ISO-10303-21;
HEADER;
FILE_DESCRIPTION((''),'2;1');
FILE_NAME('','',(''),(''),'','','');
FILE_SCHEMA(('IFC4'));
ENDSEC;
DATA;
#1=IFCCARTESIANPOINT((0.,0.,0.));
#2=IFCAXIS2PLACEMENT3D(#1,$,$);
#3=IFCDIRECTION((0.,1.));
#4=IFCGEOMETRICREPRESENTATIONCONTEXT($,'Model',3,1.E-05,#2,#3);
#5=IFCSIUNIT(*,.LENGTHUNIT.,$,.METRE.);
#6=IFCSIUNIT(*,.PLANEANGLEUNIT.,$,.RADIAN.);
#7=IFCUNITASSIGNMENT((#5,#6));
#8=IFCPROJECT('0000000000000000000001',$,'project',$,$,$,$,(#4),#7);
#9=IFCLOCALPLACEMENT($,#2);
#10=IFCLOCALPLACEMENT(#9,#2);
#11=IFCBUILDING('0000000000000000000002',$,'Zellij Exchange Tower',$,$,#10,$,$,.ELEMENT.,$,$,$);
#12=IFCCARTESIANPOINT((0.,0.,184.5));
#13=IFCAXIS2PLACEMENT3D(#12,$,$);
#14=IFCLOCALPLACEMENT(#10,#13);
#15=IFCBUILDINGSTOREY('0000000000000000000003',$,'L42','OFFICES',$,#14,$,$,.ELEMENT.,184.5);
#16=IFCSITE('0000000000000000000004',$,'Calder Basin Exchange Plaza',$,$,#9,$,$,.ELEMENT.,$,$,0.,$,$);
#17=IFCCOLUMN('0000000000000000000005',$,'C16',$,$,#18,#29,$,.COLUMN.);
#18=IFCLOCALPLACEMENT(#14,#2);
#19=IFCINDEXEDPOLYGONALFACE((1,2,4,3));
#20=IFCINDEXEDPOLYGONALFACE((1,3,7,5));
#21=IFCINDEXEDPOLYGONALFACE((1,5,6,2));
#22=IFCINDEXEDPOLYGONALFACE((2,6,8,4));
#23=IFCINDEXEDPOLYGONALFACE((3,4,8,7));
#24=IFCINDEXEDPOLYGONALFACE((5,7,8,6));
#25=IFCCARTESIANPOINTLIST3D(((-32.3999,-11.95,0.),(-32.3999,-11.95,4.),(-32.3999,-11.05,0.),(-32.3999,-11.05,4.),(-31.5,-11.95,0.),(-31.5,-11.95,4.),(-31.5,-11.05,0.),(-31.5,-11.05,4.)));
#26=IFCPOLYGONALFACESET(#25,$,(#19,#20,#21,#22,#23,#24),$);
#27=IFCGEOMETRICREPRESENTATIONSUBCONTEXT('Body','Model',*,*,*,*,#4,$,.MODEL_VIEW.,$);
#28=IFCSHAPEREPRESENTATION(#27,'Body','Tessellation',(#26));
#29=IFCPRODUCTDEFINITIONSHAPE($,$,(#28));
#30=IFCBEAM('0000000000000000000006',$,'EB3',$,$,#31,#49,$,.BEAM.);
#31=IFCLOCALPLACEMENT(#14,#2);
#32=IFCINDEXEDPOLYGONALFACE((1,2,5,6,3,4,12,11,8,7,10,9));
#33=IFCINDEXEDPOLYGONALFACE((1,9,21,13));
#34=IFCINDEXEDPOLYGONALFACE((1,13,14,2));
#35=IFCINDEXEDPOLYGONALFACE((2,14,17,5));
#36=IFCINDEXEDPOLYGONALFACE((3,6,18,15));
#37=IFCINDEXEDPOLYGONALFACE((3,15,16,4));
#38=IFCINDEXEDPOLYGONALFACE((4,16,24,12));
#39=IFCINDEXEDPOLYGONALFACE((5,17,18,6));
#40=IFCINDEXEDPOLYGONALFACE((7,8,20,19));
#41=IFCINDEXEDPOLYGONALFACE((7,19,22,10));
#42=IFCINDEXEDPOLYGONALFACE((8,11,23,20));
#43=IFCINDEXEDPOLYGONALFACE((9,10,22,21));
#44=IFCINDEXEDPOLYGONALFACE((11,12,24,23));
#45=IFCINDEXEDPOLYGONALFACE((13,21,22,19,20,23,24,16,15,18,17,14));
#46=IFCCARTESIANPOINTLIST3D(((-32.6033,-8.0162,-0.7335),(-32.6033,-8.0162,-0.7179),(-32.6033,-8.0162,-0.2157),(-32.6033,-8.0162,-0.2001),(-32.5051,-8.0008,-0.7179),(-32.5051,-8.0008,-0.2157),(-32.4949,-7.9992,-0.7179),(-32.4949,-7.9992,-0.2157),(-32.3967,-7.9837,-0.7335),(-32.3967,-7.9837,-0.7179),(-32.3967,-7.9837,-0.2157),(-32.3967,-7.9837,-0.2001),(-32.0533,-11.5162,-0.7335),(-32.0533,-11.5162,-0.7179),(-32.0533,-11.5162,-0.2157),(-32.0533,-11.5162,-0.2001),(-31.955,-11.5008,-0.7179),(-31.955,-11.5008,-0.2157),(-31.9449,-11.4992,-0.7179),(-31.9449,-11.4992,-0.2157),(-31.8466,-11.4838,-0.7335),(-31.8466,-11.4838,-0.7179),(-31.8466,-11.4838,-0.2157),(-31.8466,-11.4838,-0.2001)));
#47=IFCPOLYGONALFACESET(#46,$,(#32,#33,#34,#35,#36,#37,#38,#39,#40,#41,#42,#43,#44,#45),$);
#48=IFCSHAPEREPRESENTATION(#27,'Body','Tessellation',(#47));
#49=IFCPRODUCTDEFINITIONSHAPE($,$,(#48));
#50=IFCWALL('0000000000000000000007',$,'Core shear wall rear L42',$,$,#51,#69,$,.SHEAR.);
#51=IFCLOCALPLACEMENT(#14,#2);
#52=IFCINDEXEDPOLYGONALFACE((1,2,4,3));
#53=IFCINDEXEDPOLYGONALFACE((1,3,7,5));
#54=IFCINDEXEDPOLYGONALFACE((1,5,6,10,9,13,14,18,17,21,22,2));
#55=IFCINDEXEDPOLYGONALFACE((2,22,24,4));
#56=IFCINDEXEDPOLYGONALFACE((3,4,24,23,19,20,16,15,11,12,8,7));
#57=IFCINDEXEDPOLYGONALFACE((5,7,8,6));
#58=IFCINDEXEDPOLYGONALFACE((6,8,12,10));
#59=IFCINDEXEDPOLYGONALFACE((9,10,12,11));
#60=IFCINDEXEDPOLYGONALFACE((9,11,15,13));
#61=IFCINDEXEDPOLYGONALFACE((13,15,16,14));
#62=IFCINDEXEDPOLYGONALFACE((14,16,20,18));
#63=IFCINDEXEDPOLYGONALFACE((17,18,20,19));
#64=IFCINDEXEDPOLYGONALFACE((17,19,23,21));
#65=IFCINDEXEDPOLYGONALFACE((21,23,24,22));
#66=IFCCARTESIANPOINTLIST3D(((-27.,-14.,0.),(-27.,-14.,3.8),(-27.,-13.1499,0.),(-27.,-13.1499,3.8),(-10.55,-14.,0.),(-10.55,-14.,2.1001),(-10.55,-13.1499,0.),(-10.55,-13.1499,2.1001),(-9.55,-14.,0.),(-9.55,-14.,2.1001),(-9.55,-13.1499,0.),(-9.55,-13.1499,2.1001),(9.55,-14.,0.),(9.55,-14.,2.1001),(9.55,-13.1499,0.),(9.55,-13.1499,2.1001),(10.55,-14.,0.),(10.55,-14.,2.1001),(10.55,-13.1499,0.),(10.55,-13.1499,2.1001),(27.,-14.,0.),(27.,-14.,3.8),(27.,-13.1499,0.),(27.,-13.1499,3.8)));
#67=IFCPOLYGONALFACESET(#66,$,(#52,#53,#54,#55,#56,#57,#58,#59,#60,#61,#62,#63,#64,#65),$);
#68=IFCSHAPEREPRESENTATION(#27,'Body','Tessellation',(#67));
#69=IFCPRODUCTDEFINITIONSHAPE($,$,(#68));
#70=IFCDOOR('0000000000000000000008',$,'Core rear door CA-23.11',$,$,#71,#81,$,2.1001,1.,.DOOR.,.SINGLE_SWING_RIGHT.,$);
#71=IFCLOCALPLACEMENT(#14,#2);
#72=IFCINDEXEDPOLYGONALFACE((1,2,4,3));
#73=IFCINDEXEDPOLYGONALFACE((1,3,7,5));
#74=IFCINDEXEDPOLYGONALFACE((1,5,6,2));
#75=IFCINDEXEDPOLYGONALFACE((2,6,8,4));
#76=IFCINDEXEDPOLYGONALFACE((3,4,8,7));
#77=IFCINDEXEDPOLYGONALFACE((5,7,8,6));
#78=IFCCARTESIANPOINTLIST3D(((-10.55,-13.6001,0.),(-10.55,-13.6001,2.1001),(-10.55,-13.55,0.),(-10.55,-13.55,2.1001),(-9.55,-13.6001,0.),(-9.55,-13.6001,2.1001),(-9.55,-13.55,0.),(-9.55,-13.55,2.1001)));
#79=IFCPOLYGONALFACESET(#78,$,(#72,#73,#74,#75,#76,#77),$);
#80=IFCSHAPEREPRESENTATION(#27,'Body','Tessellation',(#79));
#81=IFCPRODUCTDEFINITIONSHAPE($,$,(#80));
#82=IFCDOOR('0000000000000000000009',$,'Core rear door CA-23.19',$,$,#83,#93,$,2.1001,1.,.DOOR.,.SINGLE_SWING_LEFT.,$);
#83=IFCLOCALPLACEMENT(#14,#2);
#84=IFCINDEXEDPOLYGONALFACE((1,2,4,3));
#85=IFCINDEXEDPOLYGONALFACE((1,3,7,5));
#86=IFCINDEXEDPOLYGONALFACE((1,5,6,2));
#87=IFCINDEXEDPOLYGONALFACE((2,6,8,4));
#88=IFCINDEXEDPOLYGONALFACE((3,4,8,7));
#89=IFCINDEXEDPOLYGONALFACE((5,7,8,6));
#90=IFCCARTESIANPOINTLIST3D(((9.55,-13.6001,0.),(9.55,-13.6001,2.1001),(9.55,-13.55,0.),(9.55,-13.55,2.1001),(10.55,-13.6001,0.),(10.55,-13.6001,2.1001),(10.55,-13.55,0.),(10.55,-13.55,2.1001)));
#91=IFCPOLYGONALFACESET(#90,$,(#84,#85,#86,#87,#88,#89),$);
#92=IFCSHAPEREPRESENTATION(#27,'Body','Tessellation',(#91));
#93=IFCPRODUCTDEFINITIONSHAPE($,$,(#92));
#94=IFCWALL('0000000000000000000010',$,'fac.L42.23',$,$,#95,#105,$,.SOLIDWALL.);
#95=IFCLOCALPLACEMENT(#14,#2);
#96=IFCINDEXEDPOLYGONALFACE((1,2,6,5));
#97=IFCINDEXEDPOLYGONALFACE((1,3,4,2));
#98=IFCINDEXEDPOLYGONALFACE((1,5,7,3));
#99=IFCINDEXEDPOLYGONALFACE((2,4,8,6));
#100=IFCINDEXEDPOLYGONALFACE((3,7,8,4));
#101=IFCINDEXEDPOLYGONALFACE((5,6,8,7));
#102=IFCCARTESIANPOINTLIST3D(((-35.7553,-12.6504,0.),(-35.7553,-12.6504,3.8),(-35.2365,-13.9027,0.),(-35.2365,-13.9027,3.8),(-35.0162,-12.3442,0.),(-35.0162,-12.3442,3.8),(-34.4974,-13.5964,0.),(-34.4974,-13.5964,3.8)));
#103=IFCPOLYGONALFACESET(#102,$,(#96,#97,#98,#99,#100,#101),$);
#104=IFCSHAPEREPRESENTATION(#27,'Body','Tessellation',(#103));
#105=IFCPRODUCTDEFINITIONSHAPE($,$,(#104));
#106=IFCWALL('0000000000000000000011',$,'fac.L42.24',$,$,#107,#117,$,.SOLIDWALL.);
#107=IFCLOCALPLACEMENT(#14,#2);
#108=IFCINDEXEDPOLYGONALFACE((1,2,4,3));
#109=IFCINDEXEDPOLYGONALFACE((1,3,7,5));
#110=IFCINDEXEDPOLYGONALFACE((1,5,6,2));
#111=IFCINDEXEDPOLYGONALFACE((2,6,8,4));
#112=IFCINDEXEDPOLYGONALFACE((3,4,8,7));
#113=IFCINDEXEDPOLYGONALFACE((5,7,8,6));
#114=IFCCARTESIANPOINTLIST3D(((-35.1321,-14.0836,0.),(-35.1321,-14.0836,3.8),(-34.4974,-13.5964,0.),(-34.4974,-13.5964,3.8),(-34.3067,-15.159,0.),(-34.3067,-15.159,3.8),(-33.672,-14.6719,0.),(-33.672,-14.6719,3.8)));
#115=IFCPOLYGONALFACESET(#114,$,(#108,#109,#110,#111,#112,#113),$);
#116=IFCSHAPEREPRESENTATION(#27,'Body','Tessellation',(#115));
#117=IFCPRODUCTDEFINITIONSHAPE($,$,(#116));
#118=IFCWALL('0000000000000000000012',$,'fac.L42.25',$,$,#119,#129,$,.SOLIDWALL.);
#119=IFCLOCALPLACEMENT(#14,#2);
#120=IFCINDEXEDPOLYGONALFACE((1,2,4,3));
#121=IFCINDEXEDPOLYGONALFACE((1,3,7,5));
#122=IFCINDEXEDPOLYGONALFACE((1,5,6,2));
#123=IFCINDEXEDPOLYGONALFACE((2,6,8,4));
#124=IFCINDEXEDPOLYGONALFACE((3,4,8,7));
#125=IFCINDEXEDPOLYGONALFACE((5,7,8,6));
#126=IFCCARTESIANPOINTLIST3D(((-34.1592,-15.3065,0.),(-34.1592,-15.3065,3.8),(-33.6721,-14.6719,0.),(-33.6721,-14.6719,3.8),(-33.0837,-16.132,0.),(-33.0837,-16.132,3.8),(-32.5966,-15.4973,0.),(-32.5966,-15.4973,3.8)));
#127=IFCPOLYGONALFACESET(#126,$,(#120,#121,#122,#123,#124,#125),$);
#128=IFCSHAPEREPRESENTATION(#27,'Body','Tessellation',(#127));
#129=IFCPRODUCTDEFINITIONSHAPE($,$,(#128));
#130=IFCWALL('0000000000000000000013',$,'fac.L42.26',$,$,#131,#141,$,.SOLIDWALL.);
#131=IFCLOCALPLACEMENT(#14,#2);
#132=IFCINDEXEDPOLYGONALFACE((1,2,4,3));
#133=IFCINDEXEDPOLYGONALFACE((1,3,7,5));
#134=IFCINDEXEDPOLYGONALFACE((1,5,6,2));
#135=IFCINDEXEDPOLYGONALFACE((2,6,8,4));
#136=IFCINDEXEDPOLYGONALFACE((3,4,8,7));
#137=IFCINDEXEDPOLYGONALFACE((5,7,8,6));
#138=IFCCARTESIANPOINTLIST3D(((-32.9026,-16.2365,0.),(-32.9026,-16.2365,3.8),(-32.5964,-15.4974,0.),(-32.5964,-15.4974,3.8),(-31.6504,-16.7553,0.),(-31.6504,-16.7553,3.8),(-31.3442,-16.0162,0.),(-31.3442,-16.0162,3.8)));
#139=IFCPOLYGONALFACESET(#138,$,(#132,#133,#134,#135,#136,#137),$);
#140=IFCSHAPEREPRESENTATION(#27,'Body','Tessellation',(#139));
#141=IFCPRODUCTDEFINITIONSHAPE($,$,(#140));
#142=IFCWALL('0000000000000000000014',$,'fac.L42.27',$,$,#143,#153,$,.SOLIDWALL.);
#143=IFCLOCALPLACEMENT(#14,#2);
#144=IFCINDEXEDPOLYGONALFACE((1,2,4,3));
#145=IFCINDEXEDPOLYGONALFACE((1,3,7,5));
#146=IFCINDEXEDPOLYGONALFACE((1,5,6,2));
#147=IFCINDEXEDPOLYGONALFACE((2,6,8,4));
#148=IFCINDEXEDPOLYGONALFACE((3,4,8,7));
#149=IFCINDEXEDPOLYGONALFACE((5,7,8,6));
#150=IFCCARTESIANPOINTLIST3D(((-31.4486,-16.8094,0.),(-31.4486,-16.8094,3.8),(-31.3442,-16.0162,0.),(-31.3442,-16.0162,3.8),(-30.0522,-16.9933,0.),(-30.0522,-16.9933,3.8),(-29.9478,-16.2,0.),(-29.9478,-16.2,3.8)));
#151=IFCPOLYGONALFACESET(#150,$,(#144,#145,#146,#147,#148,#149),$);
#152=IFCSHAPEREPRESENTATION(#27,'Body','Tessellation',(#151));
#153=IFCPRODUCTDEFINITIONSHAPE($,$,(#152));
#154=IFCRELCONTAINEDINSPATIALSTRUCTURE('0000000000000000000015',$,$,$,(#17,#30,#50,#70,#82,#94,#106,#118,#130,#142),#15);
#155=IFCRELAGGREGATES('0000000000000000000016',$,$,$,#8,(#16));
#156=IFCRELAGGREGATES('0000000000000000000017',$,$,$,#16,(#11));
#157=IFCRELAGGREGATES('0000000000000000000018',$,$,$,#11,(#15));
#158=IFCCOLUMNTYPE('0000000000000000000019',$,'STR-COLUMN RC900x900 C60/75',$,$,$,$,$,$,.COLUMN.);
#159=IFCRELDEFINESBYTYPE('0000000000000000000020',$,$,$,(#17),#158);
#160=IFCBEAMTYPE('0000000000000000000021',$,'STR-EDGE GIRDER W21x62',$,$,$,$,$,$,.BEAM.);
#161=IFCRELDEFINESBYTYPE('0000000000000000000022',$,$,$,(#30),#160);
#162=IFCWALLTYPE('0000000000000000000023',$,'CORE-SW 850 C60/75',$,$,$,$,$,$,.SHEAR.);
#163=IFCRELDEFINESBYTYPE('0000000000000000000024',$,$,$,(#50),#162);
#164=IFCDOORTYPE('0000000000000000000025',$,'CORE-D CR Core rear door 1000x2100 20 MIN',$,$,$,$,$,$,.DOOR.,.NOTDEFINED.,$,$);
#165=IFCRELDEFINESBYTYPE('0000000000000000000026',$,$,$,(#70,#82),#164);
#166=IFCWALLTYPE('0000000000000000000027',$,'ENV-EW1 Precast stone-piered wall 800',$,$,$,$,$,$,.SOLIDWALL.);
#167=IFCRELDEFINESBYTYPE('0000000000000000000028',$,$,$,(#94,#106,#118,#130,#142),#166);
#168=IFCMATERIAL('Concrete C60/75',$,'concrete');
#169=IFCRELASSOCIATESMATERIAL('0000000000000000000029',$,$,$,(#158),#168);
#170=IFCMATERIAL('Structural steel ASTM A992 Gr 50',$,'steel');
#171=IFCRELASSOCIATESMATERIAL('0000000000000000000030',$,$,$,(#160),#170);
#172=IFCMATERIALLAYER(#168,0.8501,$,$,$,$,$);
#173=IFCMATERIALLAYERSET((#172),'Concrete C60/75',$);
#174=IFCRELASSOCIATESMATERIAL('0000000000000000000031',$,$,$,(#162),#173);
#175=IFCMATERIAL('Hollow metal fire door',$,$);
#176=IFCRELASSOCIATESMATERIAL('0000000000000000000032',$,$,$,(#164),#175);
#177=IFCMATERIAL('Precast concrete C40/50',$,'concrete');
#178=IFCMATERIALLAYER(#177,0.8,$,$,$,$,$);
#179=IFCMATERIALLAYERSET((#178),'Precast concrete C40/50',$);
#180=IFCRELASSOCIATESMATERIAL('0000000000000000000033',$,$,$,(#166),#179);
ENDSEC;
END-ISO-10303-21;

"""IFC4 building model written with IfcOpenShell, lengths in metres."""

from ifc_helpers import new_model, si_unit, direction, frame, frame_2d, origin, origin_2d, place, context, subcontext, project, spatial, rectangle, i_section, extrude, material, layer, layer_set, material_profile, profile_set, type_object, element, fill, save


model = new_model("IFC4")

# Units and contexts
model_context = context("Model", 3, precision=1e-05, world=origin(), true_north=direction((0.0, 1.0)))
body_context = subcontext(model_context, "Body", "Model", "MODEL_VIEW")
ifc_project = project(units=[si_unit("LENGTHUNIT", "METRE"), si_unit("PLANEANGLEUNIT", "RADIAN")], contexts=[model_context])

# Site, building, storey
site_placement = place(None, origin())
site = spatial("IfcSite", under=ifc_project, at=site_placement, Name="Calder Basin Exchange Plaza", CompositionType="ELEMENT", RefElevation=0.0)
building_placement = place(site_placement, origin())
building = spatial("IfcBuilding", under=site, at=building_placement, Name="Zellij Exchange Tower", CompositionType="ELEMENT")
storey_placement = place(building_placement, frame((0.0, 0.0, 184.5)))
storey = spatial("IfcBuildingStorey", under=building, at=storey_placement, Name="L42", Description="OFFICES", CompositionType="ELEMENT", Elevation=184.5)

# Column
ifc_material_1 = material(Name="Concrete C60/75", Category="concrete")
ifc_material_profile_1 = material_profile(ifc_material_1, rectangle(XDim=0.8999, YDim=0.8999, at=origin_2d()), Name="STR-COLUMN RC900x900 C60/75")
ifc_profile_set_1 = profile_set([ifc_material_profile_1], Name="Concrete C60/75")
column_type = type_object("IfcColumnType", Name="STR-COLUMN RC900x900 C60/75", PredefinedType="COLUMN", material=ifc_profile_set_1)
column_placement = place(storey_placement, frame((-31.95, -11.5, 0.0), z_axis=(0.0, 0.0, 1.0), x_axis=(1.0, 0.0, 0.0)))
element("IfcColumn", 1, at=column_placement, inside=storey, type_object=column_type, Name="C16", PredefinedType="COLUMN", context=body_context, shape_type="SweptSolid", body=[
    extrude(rectangle(XDim=0.8999, YDim=0.8999, at=origin_2d()), origin(), (0.0, 0.0, 1.0), 4.0),
])

# Beam
ifc_material_2 = material(Name="Structural steel ASTM A992 Gr 50", Category="steel")
ifc_material_profile_2 = material_profile(ifc_material_2, i_section(OverallWidth=0.2092, OverallDepth=0.5334, WebThickness=0.0103, FlangeThickness=0.0156, at=origin_2d()), Name="W21x62")
ifc_profile_set_2 = profile_set([ifc_material_profile_2], Name="Structural steel ASTM A992 Gr 50")
beam_type = type_object("IfcBeamType", Name="STR-EDGE GIRDER W21x62", PredefinedType="BEAM", material=ifc_profile_set_2)
beam_placement = place(storey_placement, frame((-31.95, -11.5, -0.4668), z_axis=(-0.155251, 0.987875, 0.0), x_axis=(-0.987875, -0.155251, 0.0)))
element("IfcBeam", 2, at=beam_placement, inside=storey, type_object=beam_type, Name="EB3", PredefinedType="BEAM", context=body_context, shape_type="SweptSolid", body=[
    extrude(i_section(OverallWidth=0.2092, OverallDepth=0.5334, WebThickness=0.0103, FlangeThickness=0.0156, at=origin_2d()), origin(), (0.0, 0.0, 1.0), 3.543),
])

# Wall, openings, doors
ifc_layer_1 = layer(ifc_material_1, 0.8501)
ifc_layer_set_1 = layer_set([ifc_layer_1], Name="Concrete C60/75")
wall_type_1 = type_object("IfcWallType", Name="CORE-SW 850 C60/75", PredefinedType="SHEAR", material=ifc_layer_set_1)
wall_1_placement = place(storey_placement, frame((-27.0, -13.575, 0.0), z_axis=(0.0, 0.0, 1.0), x_axis=(1.0, 0.0, 0.0)))
wall_1 = element("IfcWall", 3, at=wall_1_placement, inside=storey, type_object=wall_type_1, Name="Core shear wall rear L42", PredefinedType="SHEAR", context=body_context, shape_type="SweptSolid", body=[
    extrude(rectangle(XDim=54.0, YDim=0.8501, at=frame_2d((27.0, 0.0))), origin(), (0.0, 0.0, 1.0), 3.8),
])
opening_1_placement = place(wall_1_placement, frame((16.45, 0.0, 0.0)))
opening_1 = element("IfcOpeningElement", 4, at=opening_1_placement, cuts=wall_1, PredefinedType="OPENING", context=body_context, shape_type="SweptSolid", body=[
    extrude(rectangle(XDim=1.0, YDim=2.1001, at=frame_2d((0.5, 1.05))), frame((0.0, 0.437, 0.0), z_axis=(0.0, -1.0, 0.0), x_axis=(1.0, 0.0, 0.0)), (0.0, 0.0, 1.0), 0.874),
])
opening_2_placement = place(wall_1_placement, frame((36.55, 0.0, 0.0)))
opening_2 = element("IfcOpeningElement", 5, at=opening_2_placement, cuts=wall_1, PredefinedType="OPENING", context=body_context, shape_type="SweptSolid", body=[
    extrude(rectangle(XDim=1.0, YDim=2.1001, at=frame_2d((0.5, 1.05))), frame((0.0, 0.437, 0.0), z_axis=(0.0, -1.0, 0.0), x_axis=(1.0, 0.0, 0.0)), (0.0, 0.0, 1.0), 0.874),
])
ifc_material_3 = material(Name="Hollow metal fire door")
door_type_1 = type_object("IfcDoorType", Name="CORE-D CR Core rear door 1000x2100 20 MIN", OperationType="NOTDEFINED", PredefinedType="DOOR", material=ifc_material_3)
door_1_placement = place(opening_1_placement, origin())
door_1 = element("IfcDoor", 6, at=door_1_placement, inside=storey, type_object=door_type_1, Name="Core rear door CA-23.11", OperationType="SINGLE_SWING_RIGHT", OverallHeight=2.1001, OverallWidth=1.0, PredefinedType="DOOR", context=body_context, shape_type="SweptSolid", body=[
    extrude(rectangle(XDim=1.0, YDim=2.1001, at=frame_2d((0.5, 1.05))), frame((0.0, 0.0249, 0.0), z_axis=(0.0, -1.0, 0.0), x_axis=(1.0, 0.0, 0.0)), (0.0, 0.0, 1.0), 0.05),
])
fill(opening_1, door_1)
door_2_placement = place(opening_2_placement, origin())
door_2 = element("IfcDoor", 7, at=door_2_placement, inside=storey, type_object=door_type_1, Name="Core rear door CA-23.19", OperationType="SINGLE_SWING_LEFT", OverallHeight=2.1001, OverallWidth=1.0, PredefinedType="DOOR", context=body_context, shape_type="SweptSolid", body=[
    extrude(rectangle(XDim=1.0, YDim=2.1001, at=frame_2d((0.5, 1.05))), frame((0.0, 0.0249, 0.0), z_axis=(0.0, -1.0, 0.0), x_axis=(1.0, 0.0, 0.0)), (0.0, 0.0, 1.0), 0.05),
])
fill(opening_2, door_2)

# Shared definitions
ifc_material_4 = material(Name="Precast concrete C40/50", Category="concrete")
ifc_layer_2 = layer(ifc_material_4, 0.8)
ifc_layer_set_2 = layer_set([ifc_layer_2], Name="Precast concrete C40/50")
wall_type_2 = type_object("IfcWallType", Name="ENV-EW1 Precast stone-piered wall 800", PredefinedType="SOLIDWALL", material=ifc_layer_set_2)

# Walls
wall_2_placement = place(storey_placement, frame((-35.3857, -12.4973, 0.0), z_axis=(0.0, 0.0, 1.0), x_axis=(0.38276, -0.923848, 0.0)))
element("IfcWall", 8, at=wall_2_placement, inside=storey, type_object=wall_type_2, Name="fac.L42.23", PredefinedType="SOLIDWALL", context=body_context, shape_type="SweptSolid", body=[
    extrude(rectangle(XDim=1.3555, YDim=0.8, at=frame_2d((0.6777, 0.0))), origin(), (0.0, 0.0, 1.0), 3.8),
])
for number, where, z_axis, x_axis, name in (
    (9, (-34.8147, -13.8401, 0.0), (0.0, 0.0, 1.0), (0.608866, -0.793273, 0.0), "fac.L42.24"),
    (10, (-33.9155, -14.9893, 0.0), (0.0, 0.0, 1.0), (0.793273, -0.608866, 0.0), "fac.L42.25"),
):
    element("IfcWall", number, at=place(storey_placement, frame(where, z_axis=z_axis, x_axis=x_axis)), inside=storey, type_object=wall_type_2, Name=name, PredefinedType="SOLIDWALL", context=body_context, shape_type="SweptSolid", body=[
        extrude(rectangle(XDim=1.3557, YDim=0.8, at=frame_2d((0.6777, 0.0))), origin(), (0.0, 0.0, 1.0), 3.8),
    ])
wall_3_placement = place(storey_placement, frame((-32.7495, -15.8669, 0.0), z_axis=(0.0, 0.0, 1.0), x_axis=(0.923848, -0.38276, 0.0)))
element("IfcWall", 11, at=wall_3_placement, inside=storey, type_object=wall_type_2, Name="fac.L42.26", PredefinedType="SOLIDWALL", context=body_context, shape_type="SweptSolid", body=[
    extrude(rectangle(XDim=1.3555, YDim=0.8, at=frame_2d((0.6777, 0.0))), origin(), (0.0, 0.0, 1.0), 3.8),
])
wall_4_placement = place(storey_placement, frame((-31.3962, -16.4128, 0.0), z_axis=(0.0, 0.0, 1.0), x_axis=(0.991446, -0.130517, 0.0)))
element("IfcWall", 12, at=wall_4_placement, inside=storey, type_object=wall_type_2, Name="fac.L42.27", PredefinedType="SOLIDWALL", context=body_context, shape_type="SweptSolid", body=[
    extrude(rectangle(XDim=1.4084, YDim=0.8, at=frame_2d((0.7041, 0.0))), origin(), (0.0, 0.0, 1.0), 3.8),
])

save(model, "model.ifc")
